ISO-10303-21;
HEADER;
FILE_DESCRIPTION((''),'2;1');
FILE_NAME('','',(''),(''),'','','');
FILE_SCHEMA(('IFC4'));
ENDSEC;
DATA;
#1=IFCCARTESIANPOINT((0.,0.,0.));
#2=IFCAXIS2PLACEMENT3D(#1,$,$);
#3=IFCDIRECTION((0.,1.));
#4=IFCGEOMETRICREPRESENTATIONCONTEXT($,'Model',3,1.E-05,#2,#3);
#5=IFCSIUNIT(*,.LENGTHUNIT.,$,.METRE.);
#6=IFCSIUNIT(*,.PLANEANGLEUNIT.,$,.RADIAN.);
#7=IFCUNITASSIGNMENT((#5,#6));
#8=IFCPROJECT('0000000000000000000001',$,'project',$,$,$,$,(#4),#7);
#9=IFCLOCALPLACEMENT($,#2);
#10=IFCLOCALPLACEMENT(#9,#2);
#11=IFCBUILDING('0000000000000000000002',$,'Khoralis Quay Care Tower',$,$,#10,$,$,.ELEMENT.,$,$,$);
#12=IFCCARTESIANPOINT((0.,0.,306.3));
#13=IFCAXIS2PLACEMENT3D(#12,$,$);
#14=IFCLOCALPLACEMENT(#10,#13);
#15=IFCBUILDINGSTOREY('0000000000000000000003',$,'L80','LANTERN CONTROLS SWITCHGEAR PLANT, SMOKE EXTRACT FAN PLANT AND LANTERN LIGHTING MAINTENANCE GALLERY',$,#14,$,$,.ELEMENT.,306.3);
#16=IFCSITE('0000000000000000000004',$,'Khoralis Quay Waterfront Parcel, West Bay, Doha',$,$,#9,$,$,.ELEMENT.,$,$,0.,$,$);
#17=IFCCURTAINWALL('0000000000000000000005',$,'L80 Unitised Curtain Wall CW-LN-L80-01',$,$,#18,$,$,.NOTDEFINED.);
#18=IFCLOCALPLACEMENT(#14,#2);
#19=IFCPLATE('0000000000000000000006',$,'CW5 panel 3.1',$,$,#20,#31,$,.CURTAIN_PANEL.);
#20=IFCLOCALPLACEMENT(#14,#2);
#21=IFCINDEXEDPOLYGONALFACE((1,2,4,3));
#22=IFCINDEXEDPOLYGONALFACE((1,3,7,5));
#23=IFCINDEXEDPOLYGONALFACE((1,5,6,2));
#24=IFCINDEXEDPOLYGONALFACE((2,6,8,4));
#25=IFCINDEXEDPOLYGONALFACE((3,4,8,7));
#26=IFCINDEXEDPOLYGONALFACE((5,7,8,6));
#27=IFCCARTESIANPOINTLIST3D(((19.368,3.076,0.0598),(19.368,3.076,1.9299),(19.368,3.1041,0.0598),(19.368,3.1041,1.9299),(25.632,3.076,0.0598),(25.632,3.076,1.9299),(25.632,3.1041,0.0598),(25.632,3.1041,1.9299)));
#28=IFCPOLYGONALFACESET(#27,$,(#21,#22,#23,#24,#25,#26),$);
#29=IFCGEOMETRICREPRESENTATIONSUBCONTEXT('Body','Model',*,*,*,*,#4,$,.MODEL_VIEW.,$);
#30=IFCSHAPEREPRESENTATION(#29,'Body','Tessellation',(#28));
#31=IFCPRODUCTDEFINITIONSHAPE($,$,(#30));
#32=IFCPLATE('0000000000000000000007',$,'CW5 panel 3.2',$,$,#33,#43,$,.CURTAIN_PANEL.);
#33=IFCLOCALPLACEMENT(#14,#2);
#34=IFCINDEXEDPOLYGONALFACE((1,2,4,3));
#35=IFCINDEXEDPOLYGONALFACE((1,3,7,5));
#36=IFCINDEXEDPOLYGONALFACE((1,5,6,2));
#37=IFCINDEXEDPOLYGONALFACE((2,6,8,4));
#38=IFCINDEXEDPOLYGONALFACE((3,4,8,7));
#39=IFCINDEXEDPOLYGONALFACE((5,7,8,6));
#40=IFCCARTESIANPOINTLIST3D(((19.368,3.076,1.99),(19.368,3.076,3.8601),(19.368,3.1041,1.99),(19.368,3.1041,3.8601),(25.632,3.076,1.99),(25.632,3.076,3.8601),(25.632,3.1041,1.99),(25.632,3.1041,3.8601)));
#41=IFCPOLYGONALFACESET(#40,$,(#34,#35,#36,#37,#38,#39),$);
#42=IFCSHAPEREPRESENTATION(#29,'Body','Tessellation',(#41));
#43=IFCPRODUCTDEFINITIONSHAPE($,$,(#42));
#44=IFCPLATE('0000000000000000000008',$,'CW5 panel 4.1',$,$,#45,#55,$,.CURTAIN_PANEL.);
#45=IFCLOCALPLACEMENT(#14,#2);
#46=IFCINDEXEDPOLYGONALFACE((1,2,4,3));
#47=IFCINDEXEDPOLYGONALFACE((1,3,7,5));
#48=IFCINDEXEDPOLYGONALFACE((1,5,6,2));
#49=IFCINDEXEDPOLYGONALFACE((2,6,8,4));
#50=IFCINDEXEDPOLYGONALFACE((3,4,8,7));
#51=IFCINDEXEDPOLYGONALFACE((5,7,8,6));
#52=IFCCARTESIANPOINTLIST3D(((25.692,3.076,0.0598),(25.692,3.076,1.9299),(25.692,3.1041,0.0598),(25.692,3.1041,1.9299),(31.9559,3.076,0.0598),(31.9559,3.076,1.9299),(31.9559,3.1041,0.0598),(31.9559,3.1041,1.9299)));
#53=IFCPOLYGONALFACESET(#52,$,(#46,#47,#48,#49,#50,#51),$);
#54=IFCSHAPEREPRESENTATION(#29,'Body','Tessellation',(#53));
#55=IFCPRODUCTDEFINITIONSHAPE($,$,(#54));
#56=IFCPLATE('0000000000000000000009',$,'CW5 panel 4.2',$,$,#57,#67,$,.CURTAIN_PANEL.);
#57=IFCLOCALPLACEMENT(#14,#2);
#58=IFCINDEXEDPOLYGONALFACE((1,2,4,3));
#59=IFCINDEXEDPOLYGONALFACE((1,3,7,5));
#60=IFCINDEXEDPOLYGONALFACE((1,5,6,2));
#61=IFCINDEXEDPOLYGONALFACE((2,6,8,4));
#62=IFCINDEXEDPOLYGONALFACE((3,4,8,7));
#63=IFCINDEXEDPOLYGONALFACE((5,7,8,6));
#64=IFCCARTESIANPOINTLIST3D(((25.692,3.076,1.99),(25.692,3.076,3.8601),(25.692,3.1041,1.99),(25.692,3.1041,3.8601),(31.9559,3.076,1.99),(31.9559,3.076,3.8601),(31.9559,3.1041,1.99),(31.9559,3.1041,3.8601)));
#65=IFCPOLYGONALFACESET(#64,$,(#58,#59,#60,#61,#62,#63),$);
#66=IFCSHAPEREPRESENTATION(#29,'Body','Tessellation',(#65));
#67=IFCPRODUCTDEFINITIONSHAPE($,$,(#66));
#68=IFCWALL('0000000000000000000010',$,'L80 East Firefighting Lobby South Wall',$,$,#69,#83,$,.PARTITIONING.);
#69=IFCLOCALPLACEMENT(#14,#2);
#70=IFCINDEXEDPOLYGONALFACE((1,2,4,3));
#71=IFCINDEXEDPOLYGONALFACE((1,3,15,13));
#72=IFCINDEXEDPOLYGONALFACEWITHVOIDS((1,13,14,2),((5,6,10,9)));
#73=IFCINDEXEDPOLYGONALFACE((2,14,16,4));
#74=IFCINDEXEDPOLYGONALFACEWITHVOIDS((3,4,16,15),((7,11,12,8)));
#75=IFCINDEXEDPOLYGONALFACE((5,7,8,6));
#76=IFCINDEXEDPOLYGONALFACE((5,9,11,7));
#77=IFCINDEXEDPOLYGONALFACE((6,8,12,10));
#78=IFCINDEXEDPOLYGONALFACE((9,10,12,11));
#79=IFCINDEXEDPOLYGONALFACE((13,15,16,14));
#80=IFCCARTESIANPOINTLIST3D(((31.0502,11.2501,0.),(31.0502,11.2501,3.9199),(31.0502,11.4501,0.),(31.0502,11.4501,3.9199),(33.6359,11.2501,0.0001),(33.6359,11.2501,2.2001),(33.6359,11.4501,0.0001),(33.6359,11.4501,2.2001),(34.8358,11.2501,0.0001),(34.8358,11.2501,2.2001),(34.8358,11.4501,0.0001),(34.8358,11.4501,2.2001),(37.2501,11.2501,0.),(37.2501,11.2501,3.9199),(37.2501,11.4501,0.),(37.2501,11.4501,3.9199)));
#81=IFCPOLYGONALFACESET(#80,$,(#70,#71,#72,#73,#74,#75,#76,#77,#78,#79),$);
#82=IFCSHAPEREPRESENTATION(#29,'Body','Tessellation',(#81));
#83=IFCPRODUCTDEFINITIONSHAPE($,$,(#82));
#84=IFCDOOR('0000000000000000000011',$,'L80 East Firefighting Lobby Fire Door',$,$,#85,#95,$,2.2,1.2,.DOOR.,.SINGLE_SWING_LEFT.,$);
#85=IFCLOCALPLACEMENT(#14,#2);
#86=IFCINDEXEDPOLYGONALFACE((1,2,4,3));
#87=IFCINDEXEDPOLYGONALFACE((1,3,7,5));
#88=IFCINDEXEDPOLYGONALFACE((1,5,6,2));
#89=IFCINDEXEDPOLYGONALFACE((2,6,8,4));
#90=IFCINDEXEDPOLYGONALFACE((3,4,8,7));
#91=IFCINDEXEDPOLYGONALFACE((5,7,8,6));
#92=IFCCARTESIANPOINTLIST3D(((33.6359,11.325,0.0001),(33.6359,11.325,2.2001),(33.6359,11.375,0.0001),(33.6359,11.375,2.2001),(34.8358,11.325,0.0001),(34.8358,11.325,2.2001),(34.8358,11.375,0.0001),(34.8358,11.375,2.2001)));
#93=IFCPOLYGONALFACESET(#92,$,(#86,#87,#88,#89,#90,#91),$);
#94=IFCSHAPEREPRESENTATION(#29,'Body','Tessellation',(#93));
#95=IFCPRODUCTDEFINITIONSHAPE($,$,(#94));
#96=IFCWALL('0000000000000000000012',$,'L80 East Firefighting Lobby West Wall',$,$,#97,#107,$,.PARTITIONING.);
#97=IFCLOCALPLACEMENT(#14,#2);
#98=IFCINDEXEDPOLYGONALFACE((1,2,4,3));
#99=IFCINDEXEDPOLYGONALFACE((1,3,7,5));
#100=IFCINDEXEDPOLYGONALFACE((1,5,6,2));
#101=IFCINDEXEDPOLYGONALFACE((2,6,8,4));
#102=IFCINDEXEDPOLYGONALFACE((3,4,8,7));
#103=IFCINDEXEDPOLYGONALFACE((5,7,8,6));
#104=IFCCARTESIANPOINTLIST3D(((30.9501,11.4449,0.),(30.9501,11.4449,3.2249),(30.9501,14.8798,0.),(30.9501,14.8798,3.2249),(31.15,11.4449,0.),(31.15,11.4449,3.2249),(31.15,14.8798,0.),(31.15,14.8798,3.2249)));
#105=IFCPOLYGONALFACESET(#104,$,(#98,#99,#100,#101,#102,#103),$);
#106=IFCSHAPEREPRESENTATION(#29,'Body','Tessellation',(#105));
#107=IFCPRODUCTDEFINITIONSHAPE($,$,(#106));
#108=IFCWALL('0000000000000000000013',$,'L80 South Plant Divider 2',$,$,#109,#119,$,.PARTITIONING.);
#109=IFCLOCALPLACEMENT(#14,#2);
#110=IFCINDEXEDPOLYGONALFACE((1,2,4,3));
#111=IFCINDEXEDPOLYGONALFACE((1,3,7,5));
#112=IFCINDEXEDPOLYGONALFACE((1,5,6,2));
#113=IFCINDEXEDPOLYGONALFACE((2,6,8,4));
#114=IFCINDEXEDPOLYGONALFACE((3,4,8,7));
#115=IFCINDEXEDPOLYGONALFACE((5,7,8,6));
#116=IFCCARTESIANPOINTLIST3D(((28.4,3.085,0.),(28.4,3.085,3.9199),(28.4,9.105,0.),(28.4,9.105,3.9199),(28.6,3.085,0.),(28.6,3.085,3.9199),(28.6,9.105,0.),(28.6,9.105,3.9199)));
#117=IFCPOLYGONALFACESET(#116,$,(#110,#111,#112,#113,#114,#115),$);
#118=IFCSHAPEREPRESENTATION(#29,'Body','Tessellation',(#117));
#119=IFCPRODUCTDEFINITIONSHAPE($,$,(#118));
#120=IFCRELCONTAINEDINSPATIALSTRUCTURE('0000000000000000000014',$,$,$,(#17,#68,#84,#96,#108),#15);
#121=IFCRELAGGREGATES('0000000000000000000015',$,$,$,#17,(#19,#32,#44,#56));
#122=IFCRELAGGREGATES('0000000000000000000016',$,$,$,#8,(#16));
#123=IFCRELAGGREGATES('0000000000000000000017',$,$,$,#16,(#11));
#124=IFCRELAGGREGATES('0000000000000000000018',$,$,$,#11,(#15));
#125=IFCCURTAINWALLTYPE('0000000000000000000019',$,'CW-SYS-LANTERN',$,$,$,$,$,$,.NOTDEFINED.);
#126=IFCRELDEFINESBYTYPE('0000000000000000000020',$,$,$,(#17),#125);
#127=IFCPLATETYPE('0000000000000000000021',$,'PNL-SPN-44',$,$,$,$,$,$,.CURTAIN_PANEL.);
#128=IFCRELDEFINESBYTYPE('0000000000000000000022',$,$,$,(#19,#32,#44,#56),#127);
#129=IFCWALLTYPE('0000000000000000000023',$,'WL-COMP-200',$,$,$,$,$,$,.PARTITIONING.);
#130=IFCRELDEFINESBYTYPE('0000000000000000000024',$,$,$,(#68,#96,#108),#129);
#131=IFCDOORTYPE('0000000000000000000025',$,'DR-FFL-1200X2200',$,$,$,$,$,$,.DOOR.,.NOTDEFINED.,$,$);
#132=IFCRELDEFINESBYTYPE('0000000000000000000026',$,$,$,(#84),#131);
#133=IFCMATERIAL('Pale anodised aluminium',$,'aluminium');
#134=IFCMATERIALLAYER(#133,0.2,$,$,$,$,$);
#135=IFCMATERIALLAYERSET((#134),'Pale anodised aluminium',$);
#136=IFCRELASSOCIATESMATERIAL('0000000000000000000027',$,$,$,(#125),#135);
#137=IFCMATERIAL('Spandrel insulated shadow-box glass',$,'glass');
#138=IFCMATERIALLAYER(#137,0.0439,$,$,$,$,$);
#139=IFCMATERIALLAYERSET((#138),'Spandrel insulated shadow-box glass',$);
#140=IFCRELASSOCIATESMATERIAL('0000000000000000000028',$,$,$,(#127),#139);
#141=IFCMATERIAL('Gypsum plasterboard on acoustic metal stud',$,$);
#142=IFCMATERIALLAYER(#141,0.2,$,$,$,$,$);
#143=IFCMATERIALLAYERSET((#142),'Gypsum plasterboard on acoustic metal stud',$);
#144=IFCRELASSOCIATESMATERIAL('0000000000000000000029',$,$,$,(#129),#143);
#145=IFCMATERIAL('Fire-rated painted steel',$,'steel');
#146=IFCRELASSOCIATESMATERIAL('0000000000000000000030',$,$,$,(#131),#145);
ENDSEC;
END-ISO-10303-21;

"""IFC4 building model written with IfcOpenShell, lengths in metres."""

from ifc_helpers import new_model, si_unit, direction, frame, frame_2d, origin, origin_2d, place, context, subcontext, project, spatial, rectangle, extrude, source, transform, mapped, material, layer, layer_set, type_object, element, fill, aggregate, save


model = new_model("IFC4")

# Units and contexts
model_context = context("Model", 3, precision=1e-05, world=origin(), true_north=direction((0.0, 1.0)))
body_context = subcontext(model_context, "Body", "Model", "MODEL_VIEW")
ifc_project = project(units=[si_unit("LENGTHUNIT", "METRE"), si_unit("PLANEANGLEUNIT", "RADIAN")], contexts=[model_context])

# Site, building, storey
site_placement = place(None, origin())
site = spatial("IfcSite", under=ifc_project, at=site_placement, Name="Khoralis Quay Waterfront Parcel, West Bay, Doha", CompositionType="ELEMENT", RefElevation=0.0)
building_placement = place(site_placement, origin())
building = spatial("IfcBuilding", under=site, at=building_placement, Name="Khoralis Quay Care Tower", CompositionType="ELEMENT")
storey_placement = place(building_placement, frame((0.0, 0.0, 306.3)))
storey = spatial("IfcBuildingStorey", under=building, at=storey_placement, Name="L80", Description="LANTERN CONTROLS SWITCHGEAR PLANT, SMOKE EXTRACT FAN PLANT AND LANTERN LIGHTING MAINTENANCE GALLERY", CompositionType="ELEMENT", Elevation=306.3)

# Curtain wall, plates
ifc_material_1 = material(Name="Pale anodised aluminium", Category="aluminium")
ifc_layer_1 = layer(ifc_material_1, 0.2)
ifc_layer_set_1 = layer_set([ifc_layer_1], Name="Pale anodised aluminium")
curtain_wall_type = type_object("IfcCurtainWallType", Name="CW-SYS-LANTERN", PredefinedType="NOTDEFINED", material=ifc_layer_set_1)
curtain_wall_placement = place(storey_placement, origin())
curtain_wall = element("IfcCurtainWall", 1, at=curtain_wall_placement, inside=storey, type_object=curtain_wall_type, Name="L80 Unitised Curtain Wall CW-LN-L80-01", PredefinedType="NOTDEFINED")
ifc_material_2 = material(Name="Spandrel insulated shadow-box glass", Category="glass")
ifc_layer_2 = layer(ifc_material_2, 0.0439)
ifc_layer_set_2 = layer_set([ifc_layer_2], Name="Spandrel insulated shadow-box glass")
plate_type = type_object("IfcPlateType", Name="PNL-SPN-44", PredefinedType="CURTAIN_PANEL", material=ifc_layer_set_2)
shared_shape_1 = source(origin(), body_context, "Body", "SweptSolid", [
    extrude(rectangle(XDim=6.2639, YDim=0.0281, at=origin_2d()), origin(), (0.0, 0.0, 1.0), 1.8701),
])
plate_1_placement = place(storey_placement, frame((22.5, 3.0901, 0.0598), z_axis=(0.0, 0.0, 1.0), x_axis=(1.0, 0.0, 0.0)))
plate_1 = element("IfcPlate", 2, at=plate_1_placement, type_object=plate_type, Name="CW5 panel 3.1", PredefinedType="CURTAIN_PANEL", context=body_context, shape_type="MappedRepresentation", body=[
    mapped(shared_shape_1, transform((0.0, 0.0, 0.0), scale=1.0)),
])
plate_2_placement = place(storey_placement, frame((22.5, 3.0901, 1.99), z_axis=(0.0, 0.0, 1.0), x_axis=(1.0, 0.0, 0.0)))
plate_2 = element("IfcPlate", 3, at=plate_2_placement, type_object=plate_type, Name="CW5 panel 3.2", PredefinedType="CURTAIN_PANEL", context=body_context, shape_type="MappedRepresentation", body=[
    mapped(shared_shape_1, transform((0.0, 0.0, 0.0), scale=1.0)),
])
plate_3_placement = place(storey_placement, frame((28.824, 3.0901, 0.0598), z_axis=(0.0, 0.0, 1.0), x_axis=(1.0, 0.0, 0.0)))
plate_3 = element("IfcPlate", 4, at=plate_3_placement, type_object=plate_type, Name="CW5 panel 4.1", PredefinedType="CURTAIN_PANEL", context=body_context, shape_type="MappedRepresentation", body=[
    mapped(shared_shape_1, transform((0.0, 0.0, 0.0), scale=1.0)),
])
plate_4_placement = place(storey_placement, frame((28.824, 3.0901, 1.99), z_axis=(0.0, 0.0, 1.0), x_axis=(1.0, 0.0, 0.0)))
plate_4 = element("IfcPlate", 5, at=plate_4_placement, type_object=plate_type, Name="CW5 panel 4.2", PredefinedType="CURTAIN_PANEL", context=body_context, shape_type="MappedRepresentation", body=[
    mapped(shared_shape_1, transform((0.0, 0.0, 0.0), scale=1.0)),
])
aggregate(curtain_wall, [plate_1, plate_2, plate_3, plate_4])

# Wall, opening, door
ifc_material_3 = material(Name="Gypsum plasterboard on acoustic metal stud")
ifc_layer_3 = layer(ifc_material_3, 0.2)
ifc_layer_set_3 = layer_set([ifc_layer_3], Name="Gypsum plasterboard on acoustic metal stud")
wall_type = type_object("IfcWallType", Name="WL-COMP-200", PredefinedType="PARTITIONING", material=ifc_layer_set_3)
wall_1_placement = place(storey_placement, frame((31.05, 11.3501, 0.0), z_axis=(0.0, 0.0, 1.0), x_axis=(1.0, 0.0, 0.0)))
wall_1 = element("IfcWall", 6, at=wall_1_placement, inside=storey, type_object=wall_type, Name="L80 East Firefighting Lobby South Wall", PredefinedType="PARTITIONING", context=body_context, shape_type="SweptSolid", body=[
    extrude(rectangle(XDim=6.2, YDim=0.2, at=frame_2d((3.1001, 0.0))), origin(), (0.0, 0.0, 1.0), 3.9199),
])
opening_placement = place(wall_1_placement, frame((2.5857, 0.0, 0.0)))
opening = element("IfcOpeningElement", 7, at=opening_placement, cuts=wall_1, PredefinedType="OPENING", context=body_context, shape_type="SweptSolid", body=[
    extrude(rectangle(XDim=1.2, YDim=2.2, at=frame_2d((0.6001, 1.1001))), frame((0.0, 0.1099, 0.0), z_axis=(0.0, -1.0, 0.0), x_axis=(1.0, 0.0, 0.0)), (0.0, 0.0, 1.0), 0.22),
])
ifc_material_4 = material(Name="Fire-rated painted steel", Category="steel")
door_type = type_object("IfcDoorType", Name="DR-FFL-1200X2200", OperationType="NOTDEFINED", PredefinedType="DOOR", material=ifc_material_4)
shared_shape_2 = source(origin(), body_context, "Body", "SweptSolid", [
    extrude(rectangle(XDim=1.2, YDim=2.2, at=frame_2d((0.6001, 1.1001))), frame((0.0, 0.0249, 0.0), z_axis=(0.0, -1.0, 0.0), x_axis=(1.0, 0.0, 0.0)), (0.0, 0.0, 1.0), 0.05),
])
door_placement = place(opening_placement, origin())
door = element("IfcDoor", 8, at=door_placement, inside=storey, type_object=door_type, Name="L80 East Firefighting Lobby Fire Door", OperationType="SINGLE_SWING_LEFT", OverallHeight=2.2, OverallWidth=1.2, PredefinedType="DOOR", context=body_context, shape_type="MappedRepresentation", body=[
    mapped(shared_shape_2, transform((0.0, 0.0, 0.0), scale=1.0)),
])
fill(opening, door)

# Walls
wall_2_placement = place(storey_placement, frame((31.05, 11.4451, 0.0), z_axis=(0.0, 0.0, 1.0), x_axis=(0.0, 1.0, 0.0)))
element("IfcWall", 9, at=wall_2_placement, inside=storey, type_object=wall_type, Name="L80 East Firefighting Lobby West Wall", PredefinedType="PARTITIONING", context=body_context, shape_type="SweptSolid", body=[
    extrude(rectangle(XDim=3.4348, YDim=0.2, at=frame_2d((1.7173, 0.0))), origin(), (0.0, 0.0, 1.0), 3.2249),
])
wall_3_placement = place(storey_placement, frame((28.5, 3.085, 0.0), z_axis=(0.0, 0.0, 1.0), x_axis=(0.0, 1.0, 0.0)))
element("IfcWall", 10, at=wall_3_placement, inside=storey, type_object=wall_type, Name="L80 South Plant Divider 2", PredefinedType="PARTITIONING", context=body_context, shape_type="SweptSolid", body=[
    extrude(rectangle(XDim=6.02, YDim=0.2, at=frame_2d((3.01, 0.0))), origin(), (0.0, 0.0, 1.0), 3.9199),
])

save(model, "model.ifc")
